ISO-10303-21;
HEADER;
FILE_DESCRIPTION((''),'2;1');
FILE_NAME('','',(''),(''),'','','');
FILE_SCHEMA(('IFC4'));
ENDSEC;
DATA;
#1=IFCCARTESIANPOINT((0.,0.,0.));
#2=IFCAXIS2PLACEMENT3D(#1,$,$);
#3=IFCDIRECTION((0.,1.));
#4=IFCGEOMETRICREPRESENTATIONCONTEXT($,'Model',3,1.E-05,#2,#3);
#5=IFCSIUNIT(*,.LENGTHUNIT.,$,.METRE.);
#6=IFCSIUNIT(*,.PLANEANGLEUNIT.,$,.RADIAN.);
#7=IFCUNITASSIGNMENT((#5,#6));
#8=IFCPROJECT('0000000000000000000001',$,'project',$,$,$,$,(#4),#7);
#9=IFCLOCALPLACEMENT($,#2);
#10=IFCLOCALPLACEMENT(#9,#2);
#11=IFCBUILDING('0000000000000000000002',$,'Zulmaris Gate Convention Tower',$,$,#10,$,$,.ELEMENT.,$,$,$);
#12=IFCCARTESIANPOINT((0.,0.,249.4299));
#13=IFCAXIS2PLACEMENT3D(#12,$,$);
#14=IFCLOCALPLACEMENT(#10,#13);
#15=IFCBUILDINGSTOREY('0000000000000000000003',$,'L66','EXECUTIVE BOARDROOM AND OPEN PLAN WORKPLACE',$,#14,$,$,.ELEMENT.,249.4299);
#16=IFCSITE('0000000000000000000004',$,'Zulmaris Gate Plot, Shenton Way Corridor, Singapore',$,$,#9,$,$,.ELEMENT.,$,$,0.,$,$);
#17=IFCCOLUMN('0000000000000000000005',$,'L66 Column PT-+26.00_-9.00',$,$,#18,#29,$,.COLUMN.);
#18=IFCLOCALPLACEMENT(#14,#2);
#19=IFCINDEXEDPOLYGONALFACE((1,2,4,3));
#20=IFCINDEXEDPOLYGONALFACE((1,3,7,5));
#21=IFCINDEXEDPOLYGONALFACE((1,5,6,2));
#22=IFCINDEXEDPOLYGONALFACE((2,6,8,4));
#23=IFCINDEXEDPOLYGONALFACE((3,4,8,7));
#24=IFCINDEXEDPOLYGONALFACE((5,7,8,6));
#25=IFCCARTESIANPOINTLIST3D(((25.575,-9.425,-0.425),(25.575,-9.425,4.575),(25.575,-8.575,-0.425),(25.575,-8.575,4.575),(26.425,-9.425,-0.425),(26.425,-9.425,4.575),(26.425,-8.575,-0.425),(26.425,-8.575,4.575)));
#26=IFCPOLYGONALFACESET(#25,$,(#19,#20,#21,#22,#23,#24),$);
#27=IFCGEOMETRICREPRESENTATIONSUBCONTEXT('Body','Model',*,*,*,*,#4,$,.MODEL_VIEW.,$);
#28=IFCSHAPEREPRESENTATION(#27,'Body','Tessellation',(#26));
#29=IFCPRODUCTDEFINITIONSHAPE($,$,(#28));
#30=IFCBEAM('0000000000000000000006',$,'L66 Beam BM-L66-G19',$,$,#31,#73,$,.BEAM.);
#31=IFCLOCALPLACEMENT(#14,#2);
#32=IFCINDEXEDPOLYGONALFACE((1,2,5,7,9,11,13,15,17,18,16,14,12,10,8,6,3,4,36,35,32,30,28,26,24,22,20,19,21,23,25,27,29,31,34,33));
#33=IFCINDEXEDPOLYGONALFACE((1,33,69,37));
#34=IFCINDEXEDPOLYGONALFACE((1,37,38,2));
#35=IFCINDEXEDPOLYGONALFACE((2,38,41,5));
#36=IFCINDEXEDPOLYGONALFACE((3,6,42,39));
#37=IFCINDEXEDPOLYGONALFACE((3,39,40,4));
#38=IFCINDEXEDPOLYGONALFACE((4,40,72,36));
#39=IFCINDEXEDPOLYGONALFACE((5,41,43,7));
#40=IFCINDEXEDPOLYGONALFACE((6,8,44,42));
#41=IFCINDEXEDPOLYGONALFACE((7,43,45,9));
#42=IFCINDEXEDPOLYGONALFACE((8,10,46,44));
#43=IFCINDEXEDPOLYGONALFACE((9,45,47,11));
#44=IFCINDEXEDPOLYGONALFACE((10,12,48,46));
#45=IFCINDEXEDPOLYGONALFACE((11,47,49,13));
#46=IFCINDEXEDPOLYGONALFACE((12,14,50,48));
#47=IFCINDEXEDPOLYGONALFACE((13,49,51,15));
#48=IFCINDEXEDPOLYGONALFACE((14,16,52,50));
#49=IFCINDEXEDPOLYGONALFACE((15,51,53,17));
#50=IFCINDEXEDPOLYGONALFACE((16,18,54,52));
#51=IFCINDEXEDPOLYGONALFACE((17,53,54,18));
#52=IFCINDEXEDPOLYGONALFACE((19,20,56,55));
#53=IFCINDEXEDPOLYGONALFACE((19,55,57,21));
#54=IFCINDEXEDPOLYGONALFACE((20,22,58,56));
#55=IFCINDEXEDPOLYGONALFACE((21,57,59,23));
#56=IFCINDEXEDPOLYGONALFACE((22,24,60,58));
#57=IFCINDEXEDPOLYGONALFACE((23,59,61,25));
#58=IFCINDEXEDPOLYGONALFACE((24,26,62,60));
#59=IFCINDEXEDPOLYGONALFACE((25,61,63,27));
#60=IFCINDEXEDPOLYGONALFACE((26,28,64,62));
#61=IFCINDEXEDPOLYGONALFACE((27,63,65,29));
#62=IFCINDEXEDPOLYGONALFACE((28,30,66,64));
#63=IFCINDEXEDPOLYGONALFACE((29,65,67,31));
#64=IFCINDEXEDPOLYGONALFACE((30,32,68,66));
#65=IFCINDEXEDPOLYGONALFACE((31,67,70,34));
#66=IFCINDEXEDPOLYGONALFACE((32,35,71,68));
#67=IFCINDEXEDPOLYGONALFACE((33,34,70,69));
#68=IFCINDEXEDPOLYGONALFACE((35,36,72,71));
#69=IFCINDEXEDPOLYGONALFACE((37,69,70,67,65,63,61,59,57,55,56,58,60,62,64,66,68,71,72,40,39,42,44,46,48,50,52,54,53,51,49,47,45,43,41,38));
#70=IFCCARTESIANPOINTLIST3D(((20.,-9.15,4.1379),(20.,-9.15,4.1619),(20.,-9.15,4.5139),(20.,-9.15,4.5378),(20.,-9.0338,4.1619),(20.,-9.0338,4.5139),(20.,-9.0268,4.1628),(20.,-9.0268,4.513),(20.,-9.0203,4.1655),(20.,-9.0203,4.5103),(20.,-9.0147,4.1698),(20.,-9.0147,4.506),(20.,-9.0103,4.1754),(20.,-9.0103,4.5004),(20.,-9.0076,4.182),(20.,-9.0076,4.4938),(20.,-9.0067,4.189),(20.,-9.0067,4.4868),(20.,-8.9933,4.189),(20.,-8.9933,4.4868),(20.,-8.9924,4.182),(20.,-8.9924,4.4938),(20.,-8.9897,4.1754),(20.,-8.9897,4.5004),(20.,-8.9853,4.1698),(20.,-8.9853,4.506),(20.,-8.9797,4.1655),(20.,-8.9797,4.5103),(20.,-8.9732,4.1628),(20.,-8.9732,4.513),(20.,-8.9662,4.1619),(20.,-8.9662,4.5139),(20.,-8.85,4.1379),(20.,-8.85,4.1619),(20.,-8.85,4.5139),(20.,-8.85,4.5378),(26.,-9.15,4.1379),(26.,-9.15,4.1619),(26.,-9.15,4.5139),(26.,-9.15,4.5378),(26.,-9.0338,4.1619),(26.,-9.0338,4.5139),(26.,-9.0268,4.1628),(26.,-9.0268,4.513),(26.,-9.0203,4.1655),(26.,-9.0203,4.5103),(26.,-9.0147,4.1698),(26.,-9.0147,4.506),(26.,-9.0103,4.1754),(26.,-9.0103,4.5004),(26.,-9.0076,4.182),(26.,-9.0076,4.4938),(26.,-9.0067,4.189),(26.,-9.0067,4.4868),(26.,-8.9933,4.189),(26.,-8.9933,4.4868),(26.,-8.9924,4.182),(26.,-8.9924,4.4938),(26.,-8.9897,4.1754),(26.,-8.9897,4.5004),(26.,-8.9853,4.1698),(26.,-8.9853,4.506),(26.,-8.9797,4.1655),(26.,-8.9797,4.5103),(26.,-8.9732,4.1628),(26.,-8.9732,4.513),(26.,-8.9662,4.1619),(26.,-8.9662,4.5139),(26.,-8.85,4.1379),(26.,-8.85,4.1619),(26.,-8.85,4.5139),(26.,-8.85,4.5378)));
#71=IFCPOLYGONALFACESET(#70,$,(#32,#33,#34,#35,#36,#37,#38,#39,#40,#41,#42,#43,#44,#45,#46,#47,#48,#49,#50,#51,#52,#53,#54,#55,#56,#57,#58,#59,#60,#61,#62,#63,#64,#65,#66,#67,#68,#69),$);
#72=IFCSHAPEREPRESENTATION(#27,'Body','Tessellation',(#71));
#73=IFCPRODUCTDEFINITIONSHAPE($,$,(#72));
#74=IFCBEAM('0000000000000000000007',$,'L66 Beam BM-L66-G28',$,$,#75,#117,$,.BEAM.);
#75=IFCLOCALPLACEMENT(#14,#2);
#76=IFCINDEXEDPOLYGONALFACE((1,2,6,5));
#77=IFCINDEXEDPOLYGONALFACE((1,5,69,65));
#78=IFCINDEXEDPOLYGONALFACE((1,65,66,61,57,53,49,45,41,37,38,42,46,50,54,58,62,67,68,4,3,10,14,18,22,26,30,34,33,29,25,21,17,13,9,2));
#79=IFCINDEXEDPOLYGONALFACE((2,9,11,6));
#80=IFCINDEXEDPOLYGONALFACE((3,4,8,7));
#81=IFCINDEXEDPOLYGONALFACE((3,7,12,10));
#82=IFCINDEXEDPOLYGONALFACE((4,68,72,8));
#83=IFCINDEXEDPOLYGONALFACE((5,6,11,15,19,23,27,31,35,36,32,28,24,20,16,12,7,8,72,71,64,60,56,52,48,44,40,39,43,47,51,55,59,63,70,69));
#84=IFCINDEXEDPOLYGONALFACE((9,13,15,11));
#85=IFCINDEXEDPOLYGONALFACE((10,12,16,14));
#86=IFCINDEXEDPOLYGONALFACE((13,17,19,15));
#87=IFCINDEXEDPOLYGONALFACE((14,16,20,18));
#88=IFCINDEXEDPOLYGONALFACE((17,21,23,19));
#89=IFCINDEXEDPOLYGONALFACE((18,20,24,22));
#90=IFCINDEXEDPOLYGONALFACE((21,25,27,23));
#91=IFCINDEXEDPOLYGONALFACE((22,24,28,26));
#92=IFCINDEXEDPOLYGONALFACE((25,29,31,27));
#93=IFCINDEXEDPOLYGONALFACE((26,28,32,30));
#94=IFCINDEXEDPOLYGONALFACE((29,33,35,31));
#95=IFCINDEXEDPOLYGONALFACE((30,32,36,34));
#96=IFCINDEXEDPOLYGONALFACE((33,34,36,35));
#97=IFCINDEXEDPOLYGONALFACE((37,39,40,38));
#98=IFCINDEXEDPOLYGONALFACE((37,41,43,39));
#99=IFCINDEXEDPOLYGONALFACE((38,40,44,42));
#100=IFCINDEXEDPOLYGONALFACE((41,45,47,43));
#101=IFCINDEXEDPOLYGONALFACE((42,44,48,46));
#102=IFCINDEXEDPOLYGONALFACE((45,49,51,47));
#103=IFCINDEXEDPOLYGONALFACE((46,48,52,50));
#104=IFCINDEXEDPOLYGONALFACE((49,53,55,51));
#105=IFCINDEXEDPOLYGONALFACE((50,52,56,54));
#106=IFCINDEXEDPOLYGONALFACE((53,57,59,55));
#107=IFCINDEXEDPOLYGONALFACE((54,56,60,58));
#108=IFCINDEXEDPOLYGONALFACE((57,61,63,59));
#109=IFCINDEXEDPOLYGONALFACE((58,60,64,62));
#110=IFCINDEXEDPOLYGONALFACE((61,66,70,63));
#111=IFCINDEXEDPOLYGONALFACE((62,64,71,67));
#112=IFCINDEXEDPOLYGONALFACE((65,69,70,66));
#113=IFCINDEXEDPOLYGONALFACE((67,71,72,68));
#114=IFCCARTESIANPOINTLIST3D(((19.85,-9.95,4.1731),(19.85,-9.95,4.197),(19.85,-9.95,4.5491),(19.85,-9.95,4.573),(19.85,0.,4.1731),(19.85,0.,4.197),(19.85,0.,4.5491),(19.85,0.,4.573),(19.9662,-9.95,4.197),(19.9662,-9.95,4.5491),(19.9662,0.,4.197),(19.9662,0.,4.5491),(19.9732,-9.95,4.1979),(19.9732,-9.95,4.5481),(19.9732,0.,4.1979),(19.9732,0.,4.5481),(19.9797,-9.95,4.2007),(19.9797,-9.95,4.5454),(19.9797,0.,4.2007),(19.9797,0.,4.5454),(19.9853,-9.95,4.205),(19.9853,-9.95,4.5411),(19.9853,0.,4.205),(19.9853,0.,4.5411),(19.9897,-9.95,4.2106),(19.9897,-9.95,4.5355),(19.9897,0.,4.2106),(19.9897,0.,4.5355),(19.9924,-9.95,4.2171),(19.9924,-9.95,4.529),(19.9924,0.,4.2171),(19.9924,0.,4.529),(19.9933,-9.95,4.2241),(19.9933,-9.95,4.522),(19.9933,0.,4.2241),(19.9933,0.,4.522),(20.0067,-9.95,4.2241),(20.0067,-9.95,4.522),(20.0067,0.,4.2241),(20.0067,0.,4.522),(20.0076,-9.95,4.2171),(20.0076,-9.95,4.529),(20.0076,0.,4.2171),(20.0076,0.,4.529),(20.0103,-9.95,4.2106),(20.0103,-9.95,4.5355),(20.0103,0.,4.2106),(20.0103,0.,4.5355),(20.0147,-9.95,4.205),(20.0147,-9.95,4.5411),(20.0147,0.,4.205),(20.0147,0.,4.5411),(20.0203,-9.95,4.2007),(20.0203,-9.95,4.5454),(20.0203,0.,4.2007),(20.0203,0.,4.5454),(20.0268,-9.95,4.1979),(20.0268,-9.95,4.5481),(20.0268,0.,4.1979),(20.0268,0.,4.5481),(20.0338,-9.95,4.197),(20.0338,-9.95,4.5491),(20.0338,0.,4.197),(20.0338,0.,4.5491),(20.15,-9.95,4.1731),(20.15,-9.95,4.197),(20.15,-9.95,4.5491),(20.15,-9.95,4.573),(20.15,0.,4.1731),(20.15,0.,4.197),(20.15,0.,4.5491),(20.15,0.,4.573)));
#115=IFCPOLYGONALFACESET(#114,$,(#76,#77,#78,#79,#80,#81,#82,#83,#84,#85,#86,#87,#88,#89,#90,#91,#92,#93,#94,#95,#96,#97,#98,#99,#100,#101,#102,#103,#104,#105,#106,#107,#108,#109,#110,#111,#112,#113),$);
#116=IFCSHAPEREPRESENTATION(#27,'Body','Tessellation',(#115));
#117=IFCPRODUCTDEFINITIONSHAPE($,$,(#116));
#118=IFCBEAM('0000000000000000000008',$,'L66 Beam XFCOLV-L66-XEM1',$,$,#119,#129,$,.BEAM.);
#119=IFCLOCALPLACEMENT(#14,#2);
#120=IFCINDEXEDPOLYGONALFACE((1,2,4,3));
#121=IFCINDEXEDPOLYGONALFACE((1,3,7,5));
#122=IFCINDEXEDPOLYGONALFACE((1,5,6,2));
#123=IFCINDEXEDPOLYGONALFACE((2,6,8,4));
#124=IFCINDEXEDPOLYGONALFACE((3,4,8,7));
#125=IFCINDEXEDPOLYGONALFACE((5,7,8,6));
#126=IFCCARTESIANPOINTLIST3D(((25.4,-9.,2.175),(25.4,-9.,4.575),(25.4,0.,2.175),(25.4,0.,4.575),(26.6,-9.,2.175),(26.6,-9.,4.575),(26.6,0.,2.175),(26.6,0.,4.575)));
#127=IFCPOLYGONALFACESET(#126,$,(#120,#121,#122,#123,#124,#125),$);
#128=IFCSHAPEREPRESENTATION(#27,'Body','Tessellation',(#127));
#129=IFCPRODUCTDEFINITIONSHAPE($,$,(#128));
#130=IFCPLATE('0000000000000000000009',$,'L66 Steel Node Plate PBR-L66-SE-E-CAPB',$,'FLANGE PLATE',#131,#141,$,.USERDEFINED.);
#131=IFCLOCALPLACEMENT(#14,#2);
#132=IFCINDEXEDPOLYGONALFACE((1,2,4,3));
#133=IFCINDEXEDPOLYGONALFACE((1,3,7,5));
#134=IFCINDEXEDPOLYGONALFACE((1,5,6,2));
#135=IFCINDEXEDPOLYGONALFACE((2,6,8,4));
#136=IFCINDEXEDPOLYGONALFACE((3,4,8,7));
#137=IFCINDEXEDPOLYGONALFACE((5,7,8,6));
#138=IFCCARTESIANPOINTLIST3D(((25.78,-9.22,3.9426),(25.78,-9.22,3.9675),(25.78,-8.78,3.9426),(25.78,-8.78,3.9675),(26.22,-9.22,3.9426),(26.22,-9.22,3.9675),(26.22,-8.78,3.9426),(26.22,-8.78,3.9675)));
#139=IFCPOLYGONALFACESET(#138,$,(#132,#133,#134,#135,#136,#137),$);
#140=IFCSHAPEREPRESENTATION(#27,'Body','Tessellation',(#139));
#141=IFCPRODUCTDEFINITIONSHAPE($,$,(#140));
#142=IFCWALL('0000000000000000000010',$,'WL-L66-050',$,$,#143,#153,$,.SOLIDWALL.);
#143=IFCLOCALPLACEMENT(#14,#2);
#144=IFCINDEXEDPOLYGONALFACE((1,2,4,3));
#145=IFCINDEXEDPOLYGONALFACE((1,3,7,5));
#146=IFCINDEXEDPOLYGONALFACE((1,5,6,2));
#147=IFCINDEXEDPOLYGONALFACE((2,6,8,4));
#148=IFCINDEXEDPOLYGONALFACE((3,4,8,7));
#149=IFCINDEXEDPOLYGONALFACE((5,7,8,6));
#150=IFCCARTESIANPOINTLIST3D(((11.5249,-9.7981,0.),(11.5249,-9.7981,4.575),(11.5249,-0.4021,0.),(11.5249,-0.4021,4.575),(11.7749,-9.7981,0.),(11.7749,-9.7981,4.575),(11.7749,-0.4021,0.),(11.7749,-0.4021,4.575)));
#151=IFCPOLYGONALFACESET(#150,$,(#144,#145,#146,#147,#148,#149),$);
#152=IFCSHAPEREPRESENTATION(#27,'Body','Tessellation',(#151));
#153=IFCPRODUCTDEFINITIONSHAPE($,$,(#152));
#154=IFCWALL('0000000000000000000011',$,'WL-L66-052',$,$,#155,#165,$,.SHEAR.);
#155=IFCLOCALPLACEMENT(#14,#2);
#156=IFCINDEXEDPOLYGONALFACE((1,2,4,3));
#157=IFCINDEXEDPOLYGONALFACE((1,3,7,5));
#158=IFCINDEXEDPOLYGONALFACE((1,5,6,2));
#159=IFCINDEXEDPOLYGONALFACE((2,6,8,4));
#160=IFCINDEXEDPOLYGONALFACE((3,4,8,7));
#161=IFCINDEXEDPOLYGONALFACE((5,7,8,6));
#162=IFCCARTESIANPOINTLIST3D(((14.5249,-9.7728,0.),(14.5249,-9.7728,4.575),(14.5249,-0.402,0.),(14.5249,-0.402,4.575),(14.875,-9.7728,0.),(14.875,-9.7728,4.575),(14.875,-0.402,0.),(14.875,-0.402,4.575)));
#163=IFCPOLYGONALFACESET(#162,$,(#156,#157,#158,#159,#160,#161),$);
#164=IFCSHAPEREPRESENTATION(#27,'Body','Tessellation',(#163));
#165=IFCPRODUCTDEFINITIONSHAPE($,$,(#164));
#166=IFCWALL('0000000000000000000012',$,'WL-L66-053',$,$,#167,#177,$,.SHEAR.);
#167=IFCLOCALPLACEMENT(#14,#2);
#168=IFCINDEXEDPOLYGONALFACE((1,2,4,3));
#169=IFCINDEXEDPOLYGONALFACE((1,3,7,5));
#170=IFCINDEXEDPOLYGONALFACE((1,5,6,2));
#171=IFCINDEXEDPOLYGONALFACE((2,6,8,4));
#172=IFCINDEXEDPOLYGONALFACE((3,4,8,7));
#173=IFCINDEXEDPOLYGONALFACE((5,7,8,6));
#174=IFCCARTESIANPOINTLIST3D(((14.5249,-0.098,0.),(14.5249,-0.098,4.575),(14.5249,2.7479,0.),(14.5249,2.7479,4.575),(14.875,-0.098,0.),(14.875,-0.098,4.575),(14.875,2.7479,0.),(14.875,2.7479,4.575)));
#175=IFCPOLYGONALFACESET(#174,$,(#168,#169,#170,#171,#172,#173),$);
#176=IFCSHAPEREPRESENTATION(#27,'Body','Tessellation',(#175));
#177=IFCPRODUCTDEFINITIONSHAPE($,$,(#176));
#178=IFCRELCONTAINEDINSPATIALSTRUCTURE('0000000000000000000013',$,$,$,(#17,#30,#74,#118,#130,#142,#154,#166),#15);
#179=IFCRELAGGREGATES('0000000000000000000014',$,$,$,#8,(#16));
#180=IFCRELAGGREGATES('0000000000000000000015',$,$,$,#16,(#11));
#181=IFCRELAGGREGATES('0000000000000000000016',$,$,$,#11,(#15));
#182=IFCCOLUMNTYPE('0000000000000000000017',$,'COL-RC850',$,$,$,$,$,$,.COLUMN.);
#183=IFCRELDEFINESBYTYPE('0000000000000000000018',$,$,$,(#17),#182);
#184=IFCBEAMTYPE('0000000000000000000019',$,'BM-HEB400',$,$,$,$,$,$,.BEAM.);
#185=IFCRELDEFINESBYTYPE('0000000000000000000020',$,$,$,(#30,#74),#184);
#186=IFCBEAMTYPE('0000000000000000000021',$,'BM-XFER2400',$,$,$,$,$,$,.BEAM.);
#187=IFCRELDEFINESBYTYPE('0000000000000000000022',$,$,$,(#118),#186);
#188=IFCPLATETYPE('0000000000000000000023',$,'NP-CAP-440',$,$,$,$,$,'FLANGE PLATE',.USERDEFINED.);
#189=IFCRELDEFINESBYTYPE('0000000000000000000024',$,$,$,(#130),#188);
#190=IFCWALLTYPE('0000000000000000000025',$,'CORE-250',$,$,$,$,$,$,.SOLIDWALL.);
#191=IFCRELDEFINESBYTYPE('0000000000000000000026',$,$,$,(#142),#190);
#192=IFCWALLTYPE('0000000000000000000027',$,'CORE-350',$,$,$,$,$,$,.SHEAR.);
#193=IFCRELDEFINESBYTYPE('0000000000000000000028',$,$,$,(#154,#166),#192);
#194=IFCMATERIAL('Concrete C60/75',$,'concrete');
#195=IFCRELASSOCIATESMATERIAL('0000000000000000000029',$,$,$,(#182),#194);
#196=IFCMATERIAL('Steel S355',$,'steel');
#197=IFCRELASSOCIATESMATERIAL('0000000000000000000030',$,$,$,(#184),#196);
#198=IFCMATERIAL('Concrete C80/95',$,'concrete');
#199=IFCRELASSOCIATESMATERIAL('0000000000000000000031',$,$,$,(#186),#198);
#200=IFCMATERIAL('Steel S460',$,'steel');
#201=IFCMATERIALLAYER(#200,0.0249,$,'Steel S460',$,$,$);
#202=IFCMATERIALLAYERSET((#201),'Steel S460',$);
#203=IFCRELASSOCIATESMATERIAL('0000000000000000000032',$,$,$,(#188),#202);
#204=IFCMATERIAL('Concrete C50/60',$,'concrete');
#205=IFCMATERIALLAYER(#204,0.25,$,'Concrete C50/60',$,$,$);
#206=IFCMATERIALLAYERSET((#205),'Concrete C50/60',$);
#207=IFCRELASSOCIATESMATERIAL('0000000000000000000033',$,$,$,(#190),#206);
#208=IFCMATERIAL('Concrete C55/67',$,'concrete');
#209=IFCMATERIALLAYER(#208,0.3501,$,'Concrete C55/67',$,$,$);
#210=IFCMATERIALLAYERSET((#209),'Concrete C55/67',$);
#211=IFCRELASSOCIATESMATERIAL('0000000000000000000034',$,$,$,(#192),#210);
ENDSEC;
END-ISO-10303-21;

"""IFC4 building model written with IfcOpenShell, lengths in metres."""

from ifc_helpers import new_model, si_unit, direction, frame, frame_2d, origin, origin_2d, place, context, subcontext, project, spatial, rectangle, i_section, extrude, material, layer, layer_set, material_profile, profile_set, type_object, element, save


model = new_model("IFC4")

# Units and contexts
model_context = context("Model", 3, precision=1e-05, world=origin(), true_north=direction((0.0, 1.0)))
body_context = subcontext(model_context, "Body", "Model", "MODEL_VIEW")
ifc_project = project(units=[si_unit("LENGTHUNIT", "METRE"), si_unit("PLANEANGLEUNIT", "RADIAN")], contexts=[model_context])

# Site, building, storey
site_placement = place(None, origin())
site = spatial("IfcSite", under=ifc_project, at=site_placement, Name="Zulmaris Gate Plot, Shenton Way Corridor, Singapore", CompositionType="ELEMENT", RefElevation=0.0)
building_placement = place(site_placement, origin())
building = spatial("IfcBuilding", under=site, at=building_placement, Name="Zulmaris Gate Convention Tower", CompositionType="ELEMENT")
storey_placement = place(building_placement, frame((0.0, 0.0, 249.4299)))
storey = spatial("IfcBuildingStorey", under=building, at=storey_placement, Name="L66", Description="EXECUTIVE BOARDROOM AND OPEN PLAN WORKPLACE", CompositionType="ELEMENT", Elevation=249.4299)

# Column
ifc_material_1 = material(Name="Concrete C60/75", Category="concrete")
ifc_material_profile_1 = material_profile(ifc_material_1, rectangle(XDim=0.8501, YDim=0.8501, at=origin_2d()), Name="RC COL 850x850")
ifc_profile_set_1 = profile_set([ifc_material_profile_1], Name="Concrete C60/75")
column_type = type_object("IfcColumnType", Name="COL-RC850", PredefinedType="COLUMN", material=ifc_profile_set_1)
column_placement = place(storey_placement, frame((26.0, -9.0, -0.425), z_axis=(0.0, 0.0, 1.0), x_axis=(1.0, 0.0, 0.0)))
element("IfcColumn", 1, at=column_placement, inside=storey, type_object=column_type, Name="L66 Column PT-+26.00_-9.00", PredefinedType="COLUMN", context=body_context, shape_type="SweptSolid", body=[
    extrude(rectangle(XDim=0.8501, YDim=0.8501, at=origin_2d()), origin(), (0.0, 0.0, 1.0), 5.0),
])

# Beams
ifc_material_2 = material(Name="Steel S355", Category="steel")
ifc_material_profile_2 = material_profile(ifc_material_2, i_section(OverallWidth=0.3, OverallDepth=0.3999, WebThickness=0.0134, FlangeThickness=0.0239, FilletRadius=0.0271, at=origin_2d()), Name="HEB 400")
ifc_profile_set_2 = profile_set([ifc_material_profile_2], Name="Steel S355")
beam_type_1 = type_object("IfcBeamType", Name="BM-HEB400", PredefinedType="BEAM", material=ifc_profile_set_2)
beam_1_placement = place(storey_placement, frame((20.0, -9.0, 4.3379), z_axis=(1.0, 0.0, 0.0), x_axis=(0.0, 1.0, 0.0)))
element("IfcBeam", 2, at=beam_1_placement, inside=storey, type_object=beam_type_1, Name="L66 Beam BM-L66-G19", PredefinedType="BEAM", context=body_context, shape_type="SweptSolid", body=[
    extrude(i_section(OverallWidth=0.3, OverallDepth=0.3999, WebThickness=0.0134, FlangeThickness=0.0239, FilletRadius=0.0271, at=origin_2d()), origin(), (0.0, 0.0, 1.0), 6.0),
])
beam_2_placement = place(storey_placement, frame((20.0, -9.95, 4.373), z_axis=(0.0, 1.0, 0.0), x_axis=(-1.0, 0.0, 0.0)))
element("IfcBeam", 3, at=beam_2_placement, inside=storey, type_object=beam_type_1, Name="L66 Beam BM-L66-G28", PredefinedType="BEAM", context=body_context, shape_type="SweptSolid", body=[
    extrude(i_section(OverallWidth=0.3, OverallDepth=0.3999, WebThickness=0.0134, FlangeThickness=0.0239, FilletRadius=0.0271, at=origin_2d()), origin(), (0.0, 0.0, 1.0), 9.95),
])
ifc_material_3 = material(Name="Concrete C80/95", Category="concrete")
ifc_material_profile_3 = material_profile(ifc_material_3, rectangle(XDim=1.2, YDim=2.3999, at=origin_2d()), Name="RC TRANSFER 1200x2400")
ifc_profile_set_3 = profile_set([ifc_material_profile_3], Name="Concrete C80/95")
beam_type_2 = type_object("IfcBeamType", Name="BM-XFER2400", PredefinedType="BEAM", material=ifc_profile_set_3)
beam_3_placement = place(storey_placement, frame((26.0, -9.0, 3.375), z_axis=(0.0, 1.0, 0.0), x_axis=(-1.0, 0.0, 0.0)))
element("IfcBeam", 4, at=beam_3_placement, inside=storey, type_object=beam_type_2, Name="L66 Beam XFCOLV-L66-XEM1", PredefinedType="BEAM", context=body_context, shape_type="SweptSolid", body=[
    extrude(rectangle(XDim=1.2, YDim=2.3999, at=origin_2d()), origin(), (0.0, 0.0, 1.0), 9.0),
])

# Plate
ifc_material_4 = material(Name="Steel S460", Category="steel")
ifc_layer_1 = layer(ifc_material_4, 0.0249, Name="Steel S460")
ifc_layer_set_1 = layer_set([ifc_layer_1], Name="Steel S460")
plate_type = type_object("IfcPlateType", Name="NP-CAP-440", ElementType="FLANGE PLATE", PredefinedType="USERDEFINED", material=ifc_layer_set_1)
plate_placement = place(storey_placement, frame((26.0, -9.0, 3.9426), z_axis=(0.0, 0.0, 1.0), x_axis=(1.0, 0.0, 0.0)))
element("IfcPlate", 5, at=plate_placement, inside=storey, type_object=plate_type, Name="L66 Steel Node Plate PBR-L66-SE-E-CAPB", ObjectType="FLANGE PLATE", PredefinedType="USERDEFINED", context=body_context, shape_type="SweptSolid", body=[
    extrude(rectangle(XDim=0.4399, YDim=0.4399, at=origin_2d()), origin(), (0.0, 0.0, 1.0), 0.0249),
])

# Walls
ifc_material_5 = material(Name="Concrete C50/60", Category="concrete")
ifc_layer_2 = layer(ifc_material_5, 0.25, Name="Concrete C50/60")
ifc_layer_set_2 = layer_set([ifc_layer_2], Name="Concrete C50/60")
wall_type_1 = type_object("IfcWallType", Name="CORE-250", PredefinedType="SOLIDWALL", material=ifc_layer_set_2)
wall_1_placement = place(storey_placement, frame((11.6499, -9.7981, 0.0), z_axis=(0.0, 0.0, 1.0), x_axis=(0.0, 1.0, 0.0)))
element("IfcWall", 6, at=wall_1_placement, inside=storey, type_object=wall_type_1, Name="WL-L66-050", PredefinedType="SOLIDWALL", context=body_context, shape_type="SweptSolid", body=[
    extrude(rectangle(XDim=9.396, YDim=0.25, at=frame_2d((4.698, 0.0))), origin(), (0.0, 0.0, 1.0), 4.575),
])
ifc_material_6 = material(Name="Concrete C55/67", Category="concrete")
ifc_layer_3 = layer(ifc_material_6, 0.3501, Name="Concrete C55/67")
ifc_layer_set_3 = layer_set([ifc_layer_3], Name="Concrete C55/67")
wall_type_2 = type_object("IfcWallType", Name="CORE-350", PredefinedType="SHEAR", material=ifc_layer_set_3)
wall_2_placement = place(storey_placement, frame((14.7, -9.7729, 0.0), z_axis=(0.0, 0.0, 1.0), x_axis=(0.0, 1.0, 0.0)))
element("IfcWall", 7, at=wall_2_placement, inside=storey, type_object=wall_type_2, Name="WL-L66-052", PredefinedType="SHEAR", context=body_context, shape_type="SweptSolid", body=[
    extrude(rectangle(XDim=9.3708, YDim=0.3501, at=frame_2d((4.6855, 0.0))), origin(), (0.0, 0.0, 1.0), 4.575),
])
wall_3_placement = place(storey_placement, frame((14.7, -0.0979, 0.0), z_axis=(0.0, 0.0, 1.0), x_axis=(0.0, 1.0, 0.0)))
element("IfcWall", 8, at=wall_3_placement, inside=storey, type_object=wall_type_2, Name="WL-L66-053", PredefinedType="SHEAR", context=body_context, shape_type="SweptSolid", body=[
    extrude(rectangle(XDim=2.8459, YDim=0.3501, at=frame_2d((1.4229, 0.0))), origin(), (0.0, 0.0, 1.0), 4.575),
])

save(model, "model.ifc")
